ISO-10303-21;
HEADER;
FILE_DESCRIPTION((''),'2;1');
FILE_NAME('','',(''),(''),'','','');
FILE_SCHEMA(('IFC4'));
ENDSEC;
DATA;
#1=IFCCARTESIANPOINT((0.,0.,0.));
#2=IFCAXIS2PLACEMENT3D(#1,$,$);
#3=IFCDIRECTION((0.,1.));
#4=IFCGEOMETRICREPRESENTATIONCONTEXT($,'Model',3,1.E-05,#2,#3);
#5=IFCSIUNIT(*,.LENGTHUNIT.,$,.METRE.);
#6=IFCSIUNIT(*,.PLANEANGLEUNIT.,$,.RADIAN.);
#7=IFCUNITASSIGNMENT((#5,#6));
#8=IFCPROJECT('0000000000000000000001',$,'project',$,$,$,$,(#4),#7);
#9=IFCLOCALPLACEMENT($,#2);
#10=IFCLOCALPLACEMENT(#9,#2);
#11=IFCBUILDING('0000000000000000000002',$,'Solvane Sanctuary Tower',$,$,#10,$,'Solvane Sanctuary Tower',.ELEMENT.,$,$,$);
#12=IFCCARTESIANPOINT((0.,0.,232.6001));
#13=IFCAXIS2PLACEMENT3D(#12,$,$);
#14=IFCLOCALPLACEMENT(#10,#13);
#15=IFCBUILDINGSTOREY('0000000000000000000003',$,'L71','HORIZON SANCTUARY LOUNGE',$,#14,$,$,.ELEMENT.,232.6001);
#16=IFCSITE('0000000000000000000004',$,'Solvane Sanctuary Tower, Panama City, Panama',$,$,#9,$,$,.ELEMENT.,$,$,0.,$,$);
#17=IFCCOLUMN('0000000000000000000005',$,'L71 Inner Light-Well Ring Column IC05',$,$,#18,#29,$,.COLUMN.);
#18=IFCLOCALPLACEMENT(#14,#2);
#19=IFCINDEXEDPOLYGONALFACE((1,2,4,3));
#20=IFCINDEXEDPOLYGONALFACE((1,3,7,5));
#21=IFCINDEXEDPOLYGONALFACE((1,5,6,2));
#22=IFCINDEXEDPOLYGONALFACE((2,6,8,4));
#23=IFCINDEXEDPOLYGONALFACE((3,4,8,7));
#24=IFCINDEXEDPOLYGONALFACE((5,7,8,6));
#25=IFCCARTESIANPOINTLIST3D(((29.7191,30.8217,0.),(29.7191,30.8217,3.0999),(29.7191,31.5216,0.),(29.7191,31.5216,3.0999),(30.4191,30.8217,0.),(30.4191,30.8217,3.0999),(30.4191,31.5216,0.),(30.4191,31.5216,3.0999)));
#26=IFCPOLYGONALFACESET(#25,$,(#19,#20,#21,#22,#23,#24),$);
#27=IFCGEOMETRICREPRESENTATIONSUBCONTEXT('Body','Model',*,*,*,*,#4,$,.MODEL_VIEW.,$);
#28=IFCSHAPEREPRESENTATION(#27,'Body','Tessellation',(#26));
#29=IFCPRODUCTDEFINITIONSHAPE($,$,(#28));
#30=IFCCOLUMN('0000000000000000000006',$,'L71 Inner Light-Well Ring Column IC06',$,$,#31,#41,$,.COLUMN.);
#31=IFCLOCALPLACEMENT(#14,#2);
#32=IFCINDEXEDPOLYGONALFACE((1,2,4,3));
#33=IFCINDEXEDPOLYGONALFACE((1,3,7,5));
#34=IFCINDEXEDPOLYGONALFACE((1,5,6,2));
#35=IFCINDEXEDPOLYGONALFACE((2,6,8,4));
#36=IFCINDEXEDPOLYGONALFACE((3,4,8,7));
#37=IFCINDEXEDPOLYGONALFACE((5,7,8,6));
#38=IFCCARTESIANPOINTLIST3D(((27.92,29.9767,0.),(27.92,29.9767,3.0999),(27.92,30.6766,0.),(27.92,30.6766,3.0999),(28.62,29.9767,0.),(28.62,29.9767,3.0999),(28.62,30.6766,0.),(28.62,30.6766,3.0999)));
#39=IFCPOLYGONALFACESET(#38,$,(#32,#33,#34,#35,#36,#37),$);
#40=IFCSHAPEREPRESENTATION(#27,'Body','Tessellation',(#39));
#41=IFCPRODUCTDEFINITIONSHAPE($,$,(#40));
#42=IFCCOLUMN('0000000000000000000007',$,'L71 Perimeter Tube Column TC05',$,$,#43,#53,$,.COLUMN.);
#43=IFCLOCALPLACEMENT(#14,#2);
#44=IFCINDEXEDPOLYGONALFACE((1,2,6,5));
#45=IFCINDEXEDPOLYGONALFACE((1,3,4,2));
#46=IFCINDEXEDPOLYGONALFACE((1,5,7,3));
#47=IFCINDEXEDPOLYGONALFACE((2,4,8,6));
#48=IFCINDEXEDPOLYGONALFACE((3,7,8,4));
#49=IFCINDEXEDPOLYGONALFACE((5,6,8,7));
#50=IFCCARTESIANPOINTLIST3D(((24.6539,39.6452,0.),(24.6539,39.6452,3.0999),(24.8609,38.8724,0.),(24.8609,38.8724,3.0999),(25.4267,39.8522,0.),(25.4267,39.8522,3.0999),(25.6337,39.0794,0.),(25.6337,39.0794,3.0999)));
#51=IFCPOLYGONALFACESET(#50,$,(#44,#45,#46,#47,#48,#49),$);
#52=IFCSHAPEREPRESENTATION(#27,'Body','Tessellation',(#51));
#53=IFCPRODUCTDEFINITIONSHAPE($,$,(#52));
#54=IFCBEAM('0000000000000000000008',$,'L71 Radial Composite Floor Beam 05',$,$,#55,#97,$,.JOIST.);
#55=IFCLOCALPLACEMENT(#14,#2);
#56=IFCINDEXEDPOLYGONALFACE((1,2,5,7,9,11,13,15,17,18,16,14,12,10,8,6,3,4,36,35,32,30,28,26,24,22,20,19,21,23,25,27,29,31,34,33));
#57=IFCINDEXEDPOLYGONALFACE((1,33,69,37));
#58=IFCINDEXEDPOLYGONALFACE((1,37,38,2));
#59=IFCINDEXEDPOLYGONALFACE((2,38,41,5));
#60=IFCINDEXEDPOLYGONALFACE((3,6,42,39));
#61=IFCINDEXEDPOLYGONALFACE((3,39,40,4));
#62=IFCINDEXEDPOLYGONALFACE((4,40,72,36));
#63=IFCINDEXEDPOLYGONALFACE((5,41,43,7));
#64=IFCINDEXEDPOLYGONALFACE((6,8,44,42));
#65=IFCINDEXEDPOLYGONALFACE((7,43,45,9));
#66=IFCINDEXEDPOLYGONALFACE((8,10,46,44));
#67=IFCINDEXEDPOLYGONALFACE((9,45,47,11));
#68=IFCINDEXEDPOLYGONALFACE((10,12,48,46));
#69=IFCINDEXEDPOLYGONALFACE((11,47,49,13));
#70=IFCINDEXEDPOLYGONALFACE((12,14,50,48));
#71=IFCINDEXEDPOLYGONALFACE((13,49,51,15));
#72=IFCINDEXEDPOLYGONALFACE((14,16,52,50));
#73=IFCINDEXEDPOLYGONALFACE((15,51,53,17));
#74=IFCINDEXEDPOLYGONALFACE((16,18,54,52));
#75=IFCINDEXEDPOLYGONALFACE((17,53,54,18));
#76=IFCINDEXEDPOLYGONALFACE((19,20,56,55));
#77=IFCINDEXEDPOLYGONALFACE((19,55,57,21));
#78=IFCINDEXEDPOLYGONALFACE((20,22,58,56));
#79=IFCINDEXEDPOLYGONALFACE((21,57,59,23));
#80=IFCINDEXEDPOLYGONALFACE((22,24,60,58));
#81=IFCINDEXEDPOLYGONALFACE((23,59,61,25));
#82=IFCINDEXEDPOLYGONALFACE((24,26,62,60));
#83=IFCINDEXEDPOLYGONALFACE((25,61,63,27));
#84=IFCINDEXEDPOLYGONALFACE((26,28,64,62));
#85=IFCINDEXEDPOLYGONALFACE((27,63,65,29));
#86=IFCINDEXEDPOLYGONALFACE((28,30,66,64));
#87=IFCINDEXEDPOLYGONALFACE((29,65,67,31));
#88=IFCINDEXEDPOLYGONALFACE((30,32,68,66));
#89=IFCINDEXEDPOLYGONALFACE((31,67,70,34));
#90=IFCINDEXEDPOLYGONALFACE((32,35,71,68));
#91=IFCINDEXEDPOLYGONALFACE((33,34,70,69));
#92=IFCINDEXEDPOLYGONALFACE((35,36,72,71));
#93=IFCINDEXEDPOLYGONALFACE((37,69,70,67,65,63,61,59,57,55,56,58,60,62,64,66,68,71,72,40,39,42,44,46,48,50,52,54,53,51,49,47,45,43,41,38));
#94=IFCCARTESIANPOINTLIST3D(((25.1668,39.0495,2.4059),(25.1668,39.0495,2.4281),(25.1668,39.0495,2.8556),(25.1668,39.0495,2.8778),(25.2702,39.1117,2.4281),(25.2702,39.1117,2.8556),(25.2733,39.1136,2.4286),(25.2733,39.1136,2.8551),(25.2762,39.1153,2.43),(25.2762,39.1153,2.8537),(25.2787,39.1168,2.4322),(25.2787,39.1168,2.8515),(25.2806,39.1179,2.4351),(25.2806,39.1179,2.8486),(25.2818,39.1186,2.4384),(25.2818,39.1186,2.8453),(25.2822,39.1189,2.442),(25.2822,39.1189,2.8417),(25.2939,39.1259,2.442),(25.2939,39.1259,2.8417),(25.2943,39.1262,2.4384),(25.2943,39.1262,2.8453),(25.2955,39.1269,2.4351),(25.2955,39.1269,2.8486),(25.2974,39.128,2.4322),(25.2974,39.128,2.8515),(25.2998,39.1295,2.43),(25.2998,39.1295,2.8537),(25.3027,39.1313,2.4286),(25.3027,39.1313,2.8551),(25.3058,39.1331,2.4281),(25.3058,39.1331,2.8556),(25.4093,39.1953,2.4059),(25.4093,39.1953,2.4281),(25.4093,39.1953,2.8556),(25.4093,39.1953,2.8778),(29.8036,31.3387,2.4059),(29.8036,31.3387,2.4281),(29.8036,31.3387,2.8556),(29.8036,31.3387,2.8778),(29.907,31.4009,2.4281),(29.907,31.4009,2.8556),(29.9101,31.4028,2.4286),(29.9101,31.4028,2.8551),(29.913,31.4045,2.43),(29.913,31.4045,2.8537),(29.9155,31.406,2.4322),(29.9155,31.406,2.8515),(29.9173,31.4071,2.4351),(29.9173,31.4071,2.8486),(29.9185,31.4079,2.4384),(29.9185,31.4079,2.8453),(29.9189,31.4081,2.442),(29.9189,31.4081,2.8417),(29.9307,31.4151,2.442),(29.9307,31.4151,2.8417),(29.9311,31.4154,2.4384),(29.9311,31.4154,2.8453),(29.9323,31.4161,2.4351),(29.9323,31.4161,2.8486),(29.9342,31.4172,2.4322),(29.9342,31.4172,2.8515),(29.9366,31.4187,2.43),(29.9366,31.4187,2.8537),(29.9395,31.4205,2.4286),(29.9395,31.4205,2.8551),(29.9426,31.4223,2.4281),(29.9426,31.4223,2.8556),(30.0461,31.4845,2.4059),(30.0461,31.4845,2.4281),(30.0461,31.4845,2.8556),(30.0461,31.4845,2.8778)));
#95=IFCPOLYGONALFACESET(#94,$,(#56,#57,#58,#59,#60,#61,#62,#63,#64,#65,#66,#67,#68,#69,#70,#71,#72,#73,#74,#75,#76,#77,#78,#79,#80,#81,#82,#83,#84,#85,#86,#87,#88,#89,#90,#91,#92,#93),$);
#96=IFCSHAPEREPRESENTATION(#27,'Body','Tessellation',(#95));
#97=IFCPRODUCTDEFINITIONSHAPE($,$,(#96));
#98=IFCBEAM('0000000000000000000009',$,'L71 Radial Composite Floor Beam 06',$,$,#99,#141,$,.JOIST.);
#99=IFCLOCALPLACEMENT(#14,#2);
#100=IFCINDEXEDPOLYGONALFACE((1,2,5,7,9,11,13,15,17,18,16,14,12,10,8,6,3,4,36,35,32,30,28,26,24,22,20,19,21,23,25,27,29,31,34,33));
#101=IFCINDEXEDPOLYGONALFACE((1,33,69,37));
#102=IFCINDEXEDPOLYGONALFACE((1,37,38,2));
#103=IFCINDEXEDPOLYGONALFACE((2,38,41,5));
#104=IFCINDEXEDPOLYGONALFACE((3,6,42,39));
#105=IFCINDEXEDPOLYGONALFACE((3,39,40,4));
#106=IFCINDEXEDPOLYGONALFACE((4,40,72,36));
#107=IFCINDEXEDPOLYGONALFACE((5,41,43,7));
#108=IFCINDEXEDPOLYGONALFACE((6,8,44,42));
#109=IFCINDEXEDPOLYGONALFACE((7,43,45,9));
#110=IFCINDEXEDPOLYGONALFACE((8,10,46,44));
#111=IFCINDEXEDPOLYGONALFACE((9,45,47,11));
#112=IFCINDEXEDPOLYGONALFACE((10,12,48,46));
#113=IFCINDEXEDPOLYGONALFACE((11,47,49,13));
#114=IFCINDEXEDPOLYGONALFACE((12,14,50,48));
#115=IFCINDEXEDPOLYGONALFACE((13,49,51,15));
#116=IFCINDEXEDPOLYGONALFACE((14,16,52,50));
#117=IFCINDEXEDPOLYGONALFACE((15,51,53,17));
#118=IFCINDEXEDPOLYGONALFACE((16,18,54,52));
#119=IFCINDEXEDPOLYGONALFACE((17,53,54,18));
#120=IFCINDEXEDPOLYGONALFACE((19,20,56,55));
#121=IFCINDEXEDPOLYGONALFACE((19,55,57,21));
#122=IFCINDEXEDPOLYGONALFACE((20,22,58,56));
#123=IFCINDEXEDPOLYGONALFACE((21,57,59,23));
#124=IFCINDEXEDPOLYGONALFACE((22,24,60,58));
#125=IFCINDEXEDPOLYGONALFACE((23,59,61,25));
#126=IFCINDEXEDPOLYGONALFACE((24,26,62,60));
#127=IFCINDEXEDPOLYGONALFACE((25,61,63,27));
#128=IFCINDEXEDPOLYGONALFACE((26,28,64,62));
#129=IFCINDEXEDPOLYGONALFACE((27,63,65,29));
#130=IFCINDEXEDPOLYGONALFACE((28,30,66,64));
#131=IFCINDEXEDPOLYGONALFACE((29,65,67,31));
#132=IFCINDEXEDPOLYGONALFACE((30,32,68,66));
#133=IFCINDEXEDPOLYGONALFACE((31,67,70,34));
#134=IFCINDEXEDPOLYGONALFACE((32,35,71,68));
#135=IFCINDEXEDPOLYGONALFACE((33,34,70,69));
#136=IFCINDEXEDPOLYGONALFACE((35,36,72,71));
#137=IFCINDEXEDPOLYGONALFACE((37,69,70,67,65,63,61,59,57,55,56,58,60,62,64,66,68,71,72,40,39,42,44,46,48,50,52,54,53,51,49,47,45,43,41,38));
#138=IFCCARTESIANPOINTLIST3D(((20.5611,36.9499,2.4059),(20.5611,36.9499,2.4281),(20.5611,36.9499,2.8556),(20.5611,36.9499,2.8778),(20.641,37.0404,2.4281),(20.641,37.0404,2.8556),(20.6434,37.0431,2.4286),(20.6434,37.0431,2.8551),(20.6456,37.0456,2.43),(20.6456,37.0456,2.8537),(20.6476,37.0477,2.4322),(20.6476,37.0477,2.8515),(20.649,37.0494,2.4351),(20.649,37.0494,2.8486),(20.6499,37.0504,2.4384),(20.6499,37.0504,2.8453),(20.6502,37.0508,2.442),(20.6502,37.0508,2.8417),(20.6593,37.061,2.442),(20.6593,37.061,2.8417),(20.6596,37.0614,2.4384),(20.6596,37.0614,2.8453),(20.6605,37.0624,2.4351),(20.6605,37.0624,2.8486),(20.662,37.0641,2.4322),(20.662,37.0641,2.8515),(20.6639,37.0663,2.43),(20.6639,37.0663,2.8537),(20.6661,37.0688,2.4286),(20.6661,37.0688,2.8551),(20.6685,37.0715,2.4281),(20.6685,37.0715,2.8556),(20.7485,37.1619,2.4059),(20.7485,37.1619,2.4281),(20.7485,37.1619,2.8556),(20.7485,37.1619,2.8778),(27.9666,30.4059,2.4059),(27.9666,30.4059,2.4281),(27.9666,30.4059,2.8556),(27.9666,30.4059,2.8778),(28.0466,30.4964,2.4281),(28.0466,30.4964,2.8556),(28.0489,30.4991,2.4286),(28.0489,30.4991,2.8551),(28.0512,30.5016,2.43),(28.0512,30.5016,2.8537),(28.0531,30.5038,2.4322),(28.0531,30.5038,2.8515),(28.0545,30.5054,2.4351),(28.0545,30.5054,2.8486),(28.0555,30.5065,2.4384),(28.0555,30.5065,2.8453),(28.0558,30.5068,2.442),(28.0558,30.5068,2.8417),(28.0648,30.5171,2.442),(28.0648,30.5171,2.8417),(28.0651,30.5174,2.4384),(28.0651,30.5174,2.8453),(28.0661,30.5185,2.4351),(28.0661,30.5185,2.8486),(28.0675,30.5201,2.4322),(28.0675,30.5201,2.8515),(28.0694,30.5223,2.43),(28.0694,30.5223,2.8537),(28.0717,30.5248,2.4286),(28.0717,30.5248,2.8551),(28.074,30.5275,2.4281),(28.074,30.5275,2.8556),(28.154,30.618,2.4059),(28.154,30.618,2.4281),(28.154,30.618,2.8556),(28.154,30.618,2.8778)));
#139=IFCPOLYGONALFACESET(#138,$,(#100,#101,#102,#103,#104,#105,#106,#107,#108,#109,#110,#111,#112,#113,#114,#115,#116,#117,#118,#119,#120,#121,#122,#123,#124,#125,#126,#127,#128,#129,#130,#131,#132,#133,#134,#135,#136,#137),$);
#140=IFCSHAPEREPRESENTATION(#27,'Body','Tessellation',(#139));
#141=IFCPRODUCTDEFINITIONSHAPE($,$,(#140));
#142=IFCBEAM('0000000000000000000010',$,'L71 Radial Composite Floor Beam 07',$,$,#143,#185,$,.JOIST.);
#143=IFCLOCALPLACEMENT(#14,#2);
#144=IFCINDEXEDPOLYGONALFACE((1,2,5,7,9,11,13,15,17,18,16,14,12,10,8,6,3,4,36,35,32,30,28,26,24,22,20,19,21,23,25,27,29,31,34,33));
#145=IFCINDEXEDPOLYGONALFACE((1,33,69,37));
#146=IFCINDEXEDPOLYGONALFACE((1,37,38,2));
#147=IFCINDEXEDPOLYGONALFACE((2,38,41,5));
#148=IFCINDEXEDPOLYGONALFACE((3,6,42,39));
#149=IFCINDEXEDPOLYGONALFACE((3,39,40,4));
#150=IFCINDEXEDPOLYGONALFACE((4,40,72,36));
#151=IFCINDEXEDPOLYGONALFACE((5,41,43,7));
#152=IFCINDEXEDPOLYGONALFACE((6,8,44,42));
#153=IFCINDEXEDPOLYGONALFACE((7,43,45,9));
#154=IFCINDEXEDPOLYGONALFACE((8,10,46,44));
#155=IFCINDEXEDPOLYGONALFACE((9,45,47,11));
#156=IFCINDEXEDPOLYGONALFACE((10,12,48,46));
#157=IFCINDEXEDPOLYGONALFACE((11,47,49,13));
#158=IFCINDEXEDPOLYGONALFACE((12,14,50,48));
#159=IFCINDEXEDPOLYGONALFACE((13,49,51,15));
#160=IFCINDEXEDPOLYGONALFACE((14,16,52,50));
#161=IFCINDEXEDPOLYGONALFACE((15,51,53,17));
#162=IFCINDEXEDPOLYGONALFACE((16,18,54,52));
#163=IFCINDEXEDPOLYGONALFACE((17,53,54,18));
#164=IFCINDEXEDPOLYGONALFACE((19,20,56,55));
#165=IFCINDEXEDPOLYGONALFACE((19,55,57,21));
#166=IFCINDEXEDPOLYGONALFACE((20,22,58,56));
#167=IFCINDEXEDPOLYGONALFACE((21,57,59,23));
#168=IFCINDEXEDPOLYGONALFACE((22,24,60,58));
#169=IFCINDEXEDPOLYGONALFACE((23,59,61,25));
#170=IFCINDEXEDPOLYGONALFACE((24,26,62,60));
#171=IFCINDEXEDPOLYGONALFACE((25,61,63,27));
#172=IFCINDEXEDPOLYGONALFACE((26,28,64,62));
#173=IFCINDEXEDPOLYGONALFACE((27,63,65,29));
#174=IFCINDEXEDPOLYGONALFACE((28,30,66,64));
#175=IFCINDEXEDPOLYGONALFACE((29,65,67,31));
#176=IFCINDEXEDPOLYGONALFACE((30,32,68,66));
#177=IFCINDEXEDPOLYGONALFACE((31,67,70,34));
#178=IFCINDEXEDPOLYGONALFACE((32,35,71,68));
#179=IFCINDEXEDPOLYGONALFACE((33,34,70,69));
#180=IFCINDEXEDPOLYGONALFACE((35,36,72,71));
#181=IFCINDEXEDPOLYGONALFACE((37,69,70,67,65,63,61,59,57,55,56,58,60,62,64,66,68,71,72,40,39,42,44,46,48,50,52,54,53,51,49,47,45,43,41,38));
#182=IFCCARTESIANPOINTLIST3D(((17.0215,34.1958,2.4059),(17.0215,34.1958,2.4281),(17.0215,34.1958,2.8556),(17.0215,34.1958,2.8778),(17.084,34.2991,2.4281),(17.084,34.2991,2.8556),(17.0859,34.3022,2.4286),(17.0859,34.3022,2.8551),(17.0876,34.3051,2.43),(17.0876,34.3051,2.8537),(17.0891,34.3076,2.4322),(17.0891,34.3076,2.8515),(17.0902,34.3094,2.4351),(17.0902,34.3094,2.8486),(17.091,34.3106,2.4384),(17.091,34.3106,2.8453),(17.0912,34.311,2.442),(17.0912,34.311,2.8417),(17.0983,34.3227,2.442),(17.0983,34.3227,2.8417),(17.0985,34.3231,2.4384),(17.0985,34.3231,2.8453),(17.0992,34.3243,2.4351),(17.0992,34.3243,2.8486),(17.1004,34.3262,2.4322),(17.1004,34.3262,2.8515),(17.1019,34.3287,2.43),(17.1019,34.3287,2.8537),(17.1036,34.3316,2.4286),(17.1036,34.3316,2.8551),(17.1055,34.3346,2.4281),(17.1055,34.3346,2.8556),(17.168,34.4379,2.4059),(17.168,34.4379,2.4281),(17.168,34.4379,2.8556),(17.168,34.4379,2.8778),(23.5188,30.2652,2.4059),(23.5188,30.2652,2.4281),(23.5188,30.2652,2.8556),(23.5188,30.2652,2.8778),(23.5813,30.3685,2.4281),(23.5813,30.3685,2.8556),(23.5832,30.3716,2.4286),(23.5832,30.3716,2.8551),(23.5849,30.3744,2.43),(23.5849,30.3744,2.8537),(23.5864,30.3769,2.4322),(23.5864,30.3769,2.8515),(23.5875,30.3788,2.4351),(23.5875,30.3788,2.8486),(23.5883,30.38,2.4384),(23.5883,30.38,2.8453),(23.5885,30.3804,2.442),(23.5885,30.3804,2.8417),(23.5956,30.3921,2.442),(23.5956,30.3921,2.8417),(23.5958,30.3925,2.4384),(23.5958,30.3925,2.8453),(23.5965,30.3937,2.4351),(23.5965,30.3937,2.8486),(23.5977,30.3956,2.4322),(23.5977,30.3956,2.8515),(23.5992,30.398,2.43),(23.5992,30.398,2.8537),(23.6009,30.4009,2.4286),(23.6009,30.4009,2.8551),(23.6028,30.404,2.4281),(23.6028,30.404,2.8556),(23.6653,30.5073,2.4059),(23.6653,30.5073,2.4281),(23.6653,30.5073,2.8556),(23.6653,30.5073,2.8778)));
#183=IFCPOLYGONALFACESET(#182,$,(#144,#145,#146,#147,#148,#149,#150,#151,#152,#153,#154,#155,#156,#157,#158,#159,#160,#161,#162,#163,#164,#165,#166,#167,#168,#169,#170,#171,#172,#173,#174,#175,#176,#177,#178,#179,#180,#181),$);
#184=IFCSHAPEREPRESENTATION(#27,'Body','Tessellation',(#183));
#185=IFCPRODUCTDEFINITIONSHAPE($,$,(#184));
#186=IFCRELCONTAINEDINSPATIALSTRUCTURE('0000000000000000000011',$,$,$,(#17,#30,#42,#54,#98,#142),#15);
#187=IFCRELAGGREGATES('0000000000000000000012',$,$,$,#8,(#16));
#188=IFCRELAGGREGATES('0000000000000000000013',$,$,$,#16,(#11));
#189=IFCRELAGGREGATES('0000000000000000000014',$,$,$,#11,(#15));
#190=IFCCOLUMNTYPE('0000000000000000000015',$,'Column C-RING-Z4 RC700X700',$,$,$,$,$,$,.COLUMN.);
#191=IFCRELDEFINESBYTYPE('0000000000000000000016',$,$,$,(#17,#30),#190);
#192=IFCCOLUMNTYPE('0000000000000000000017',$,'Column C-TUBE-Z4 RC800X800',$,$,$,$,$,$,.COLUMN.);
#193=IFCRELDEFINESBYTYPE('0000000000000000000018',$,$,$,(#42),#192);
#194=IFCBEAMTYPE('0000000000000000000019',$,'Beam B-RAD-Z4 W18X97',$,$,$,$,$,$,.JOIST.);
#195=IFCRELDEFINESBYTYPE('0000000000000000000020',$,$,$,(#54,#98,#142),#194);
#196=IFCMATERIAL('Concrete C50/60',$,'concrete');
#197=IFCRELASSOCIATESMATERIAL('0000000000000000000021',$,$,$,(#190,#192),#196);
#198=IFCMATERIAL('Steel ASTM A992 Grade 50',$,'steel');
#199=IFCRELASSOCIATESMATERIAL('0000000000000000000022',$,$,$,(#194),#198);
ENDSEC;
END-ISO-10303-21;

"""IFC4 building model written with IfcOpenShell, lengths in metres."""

from ifc_helpers import new_model, si_unit, direction, frame, origin, origin_2d, place, context, subcontext, project, spatial, rectangle, i_section, extrude, material, material_profile, profile_set, type_object, element, save


model = new_model("IFC4")

# Units and contexts
model_context = context("Model", 3, precision=1e-05, world=origin(), true_north=direction((0.0, 1.0)))
body_context = subcontext(model_context, "Body", "Model", "MODEL_VIEW")
ifc_project = project(units=[si_unit("LENGTHUNIT", "METRE"), si_unit("PLANEANGLEUNIT", "RADIAN")], contexts=[model_context])

# Site, building, storey
site_placement = place(None, origin())
site = spatial("IfcSite", under=ifc_project, at=site_placement, Name="Solvane Sanctuary Tower, Panama City, Panama", CompositionType="ELEMENT", RefElevation=0.0)
building_placement = place(site_placement, origin())
building = spatial("IfcBuilding", under=site, at=building_placement, Name="Solvane Sanctuary Tower", LongName="Solvane Sanctuary Tower", CompositionType="ELEMENT")
storey_placement = place(building_placement, frame((0.0, 0.0, 232.6001)))
storey = spatial("IfcBuildingStorey", under=building, at=storey_placement, Name="L71", Description="HORIZON SANCTUARY LOUNGE", CompositionType="ELEMENT", Elevation=232.6001)

# Columns
ifc_material_1 = material(Name="Concrete C50/60", Category="concrete")
ifc_material_profile_1 = material_profile(ifc_material_1, rectangle(XDim=0.7, YDim=0.7, at=origin_2d()), Name="RC700X700")
ifc_profile_set_1 = profile_set([ifc_material_profile_1], Name="Concrete C50/60")
column_type_1 = type_object("IfcColumnType", Name="Column C-RING-Z4 RC700X700", PredefinedType="COLUMN", material=ifc_profile_set_1)
for number, where, z_axis, x_axis, name in (
    (1, (30.0691, 31.1716, 0.0), (0.0, 0.0, 1.0), (1.0, 0.0, 0.0), "L71 Inner Light-Well Ring Column IC05"),
    (2, (28.27, 30.3267, 0.0), (0.0, 0.0, 1.0), (1.0, 0.0, 0.0), "L71 Inner Light-Well Ring Column IC06"),
):
    element("IfcColumn", number, at=place(storey_placement, frame(where, z_axis=z_axis, x_axis=x_axis)), inside=storey, type_object=column_type_1, Name=name, PredefinedType="COLUMN", context=body_context, shape_type="SweptSolid", body=[
        extrude(rectangle(XDim=0.7, YDim=0.7, at=origin_2d()), origin(), (0.0, 0.0, 1.0), 3.0999),
    ])
ifc_material_profile_2 = material_profile(ifc_material_1, rectangle(XDim=0.8, YDim=0.8, at=origin_2d()), Name="RC800X800")
ifc_profile_set_2 = profile_set([ifc_material_profile_2], Name="Concrete C50/60")
column_type_2 = type_object("IfcColumnType", Name="Column C-TUBE-Z4 RC800X800", PredefinedType="COLUMN", material=ifc_profile_set_2)
column_placement = place(storey_placement, frame((25.1438, 39.3623, 0.0), z_axis=(0.0, 0.0, 1.0), x_axis=(-0.258819, 0.965926, 0.0)))
element("IfcColumn", 3, at=column_placement, inside=storey, type_object=column_type_2, Name="L71 Perimeter Tube Column TC05", PredefinedType="COLUMN", context=body_context, shape_type="SweptSolid", body=[
    extrude(rectangle(XDim=0.8, YDim=0.8, at=origin_2d()), origin(), (0.0, 0.0, 1.0), 3.0999),
])

# Beams
ifc_material_2 = material(Name="Steel ASTM A992 Grade 50", Category="steel")
ifc_material_profile_3 = material_profile(ifc_material_2, i_section(OverallWidth=0.283, OverallDepth=0.4719, WebThickness=0.0137, FlangeThickness=0.0222, FilletRadius=0.0139, at=origin_2d()), Name="W18X97")
ifc_profile_set_3 = profile_set([ifc_material_profile_3], Name="Steel ASTM A992 Grade 50")
beam_type_1 = type_object("IfcBeamType", Name="Beam B-RAD-Z4 W18X97", PredefinedType="JOIST", material=ifc_profile_set_3)
beam_1_placement = place(storey_placement, frame((29.9248, 31.4116, 2.6418), z_axis=(-0.515337, 0.856987, 0.0), x_axis=(-0.856987, -0.515337, 0.0)))
element("IfcBeam", 4, at=beam_1_placement, inside=storey, type_object=beam_type_1, Name="L71 Radial Composite Floor Beam 05", PredefinedType="JOIST", context=body_context, shape_type="SweptSolid", body=[
    extrude(i_section(OverallWidth=0.283, OverallDepth=0.4719, WebThickness=0.0137, FlangeThickness=0.0222, FilletRadius=0.0139, at=origin_2d()), origin(), (0.0, 0.0, 1.0), 8.9976),
])
beam_2_placement = place(storey_placement, frame((28.0603, 30.512, 2.6418), z_axis=(-0.749352, 0.662171, 0.0), x_axis=(-0.662171, -0.749352, 0.0)))
element("IfcBeam", 5, at=beam_2_placement, inside=storey, type_object=beam_type_1, Name="L71 Radial Composite Floor Beam 06", PredefinedType="JOIST", context=body_context, shape_type="SweptSolid", body=[
    extrude(i_section(OverallWidth=0.283, OverallDepth=0.4719, WebThickness=0.0137, FlangeThickness=0.0222, FilletRadius=0.0139, at=origin_2d()), origin(), (0.0, 0.0, 1.0), 9.8826),
])
beam_3_placement = place(storey_placement, frame((23.592, 30.3862, 2.6418), z_axis=(-0.855612, 0.517618, 0.0), x_axis=(-0.517618, -0.855612, 0.0)))
element("IfcBeam", 6, at=beam_3_placement, inside=storey, type_object=beam_type_1, Name="L71 Radial Composite Floor Beam 07", PredefinedType="JOIST", context=body_context, shape_type="SweptSolid", body=[
    extrude(i_section(OverallWidth=0.283, OverallDepth=0.4719, WebThickness=0.0137, FlangeThickness=0.0222, FilletRadius=0.0139, at=origin_2d()), origin(), (0.0, 0.0, 1.0), 7.5938),
])

save(model, "model.ifc")
